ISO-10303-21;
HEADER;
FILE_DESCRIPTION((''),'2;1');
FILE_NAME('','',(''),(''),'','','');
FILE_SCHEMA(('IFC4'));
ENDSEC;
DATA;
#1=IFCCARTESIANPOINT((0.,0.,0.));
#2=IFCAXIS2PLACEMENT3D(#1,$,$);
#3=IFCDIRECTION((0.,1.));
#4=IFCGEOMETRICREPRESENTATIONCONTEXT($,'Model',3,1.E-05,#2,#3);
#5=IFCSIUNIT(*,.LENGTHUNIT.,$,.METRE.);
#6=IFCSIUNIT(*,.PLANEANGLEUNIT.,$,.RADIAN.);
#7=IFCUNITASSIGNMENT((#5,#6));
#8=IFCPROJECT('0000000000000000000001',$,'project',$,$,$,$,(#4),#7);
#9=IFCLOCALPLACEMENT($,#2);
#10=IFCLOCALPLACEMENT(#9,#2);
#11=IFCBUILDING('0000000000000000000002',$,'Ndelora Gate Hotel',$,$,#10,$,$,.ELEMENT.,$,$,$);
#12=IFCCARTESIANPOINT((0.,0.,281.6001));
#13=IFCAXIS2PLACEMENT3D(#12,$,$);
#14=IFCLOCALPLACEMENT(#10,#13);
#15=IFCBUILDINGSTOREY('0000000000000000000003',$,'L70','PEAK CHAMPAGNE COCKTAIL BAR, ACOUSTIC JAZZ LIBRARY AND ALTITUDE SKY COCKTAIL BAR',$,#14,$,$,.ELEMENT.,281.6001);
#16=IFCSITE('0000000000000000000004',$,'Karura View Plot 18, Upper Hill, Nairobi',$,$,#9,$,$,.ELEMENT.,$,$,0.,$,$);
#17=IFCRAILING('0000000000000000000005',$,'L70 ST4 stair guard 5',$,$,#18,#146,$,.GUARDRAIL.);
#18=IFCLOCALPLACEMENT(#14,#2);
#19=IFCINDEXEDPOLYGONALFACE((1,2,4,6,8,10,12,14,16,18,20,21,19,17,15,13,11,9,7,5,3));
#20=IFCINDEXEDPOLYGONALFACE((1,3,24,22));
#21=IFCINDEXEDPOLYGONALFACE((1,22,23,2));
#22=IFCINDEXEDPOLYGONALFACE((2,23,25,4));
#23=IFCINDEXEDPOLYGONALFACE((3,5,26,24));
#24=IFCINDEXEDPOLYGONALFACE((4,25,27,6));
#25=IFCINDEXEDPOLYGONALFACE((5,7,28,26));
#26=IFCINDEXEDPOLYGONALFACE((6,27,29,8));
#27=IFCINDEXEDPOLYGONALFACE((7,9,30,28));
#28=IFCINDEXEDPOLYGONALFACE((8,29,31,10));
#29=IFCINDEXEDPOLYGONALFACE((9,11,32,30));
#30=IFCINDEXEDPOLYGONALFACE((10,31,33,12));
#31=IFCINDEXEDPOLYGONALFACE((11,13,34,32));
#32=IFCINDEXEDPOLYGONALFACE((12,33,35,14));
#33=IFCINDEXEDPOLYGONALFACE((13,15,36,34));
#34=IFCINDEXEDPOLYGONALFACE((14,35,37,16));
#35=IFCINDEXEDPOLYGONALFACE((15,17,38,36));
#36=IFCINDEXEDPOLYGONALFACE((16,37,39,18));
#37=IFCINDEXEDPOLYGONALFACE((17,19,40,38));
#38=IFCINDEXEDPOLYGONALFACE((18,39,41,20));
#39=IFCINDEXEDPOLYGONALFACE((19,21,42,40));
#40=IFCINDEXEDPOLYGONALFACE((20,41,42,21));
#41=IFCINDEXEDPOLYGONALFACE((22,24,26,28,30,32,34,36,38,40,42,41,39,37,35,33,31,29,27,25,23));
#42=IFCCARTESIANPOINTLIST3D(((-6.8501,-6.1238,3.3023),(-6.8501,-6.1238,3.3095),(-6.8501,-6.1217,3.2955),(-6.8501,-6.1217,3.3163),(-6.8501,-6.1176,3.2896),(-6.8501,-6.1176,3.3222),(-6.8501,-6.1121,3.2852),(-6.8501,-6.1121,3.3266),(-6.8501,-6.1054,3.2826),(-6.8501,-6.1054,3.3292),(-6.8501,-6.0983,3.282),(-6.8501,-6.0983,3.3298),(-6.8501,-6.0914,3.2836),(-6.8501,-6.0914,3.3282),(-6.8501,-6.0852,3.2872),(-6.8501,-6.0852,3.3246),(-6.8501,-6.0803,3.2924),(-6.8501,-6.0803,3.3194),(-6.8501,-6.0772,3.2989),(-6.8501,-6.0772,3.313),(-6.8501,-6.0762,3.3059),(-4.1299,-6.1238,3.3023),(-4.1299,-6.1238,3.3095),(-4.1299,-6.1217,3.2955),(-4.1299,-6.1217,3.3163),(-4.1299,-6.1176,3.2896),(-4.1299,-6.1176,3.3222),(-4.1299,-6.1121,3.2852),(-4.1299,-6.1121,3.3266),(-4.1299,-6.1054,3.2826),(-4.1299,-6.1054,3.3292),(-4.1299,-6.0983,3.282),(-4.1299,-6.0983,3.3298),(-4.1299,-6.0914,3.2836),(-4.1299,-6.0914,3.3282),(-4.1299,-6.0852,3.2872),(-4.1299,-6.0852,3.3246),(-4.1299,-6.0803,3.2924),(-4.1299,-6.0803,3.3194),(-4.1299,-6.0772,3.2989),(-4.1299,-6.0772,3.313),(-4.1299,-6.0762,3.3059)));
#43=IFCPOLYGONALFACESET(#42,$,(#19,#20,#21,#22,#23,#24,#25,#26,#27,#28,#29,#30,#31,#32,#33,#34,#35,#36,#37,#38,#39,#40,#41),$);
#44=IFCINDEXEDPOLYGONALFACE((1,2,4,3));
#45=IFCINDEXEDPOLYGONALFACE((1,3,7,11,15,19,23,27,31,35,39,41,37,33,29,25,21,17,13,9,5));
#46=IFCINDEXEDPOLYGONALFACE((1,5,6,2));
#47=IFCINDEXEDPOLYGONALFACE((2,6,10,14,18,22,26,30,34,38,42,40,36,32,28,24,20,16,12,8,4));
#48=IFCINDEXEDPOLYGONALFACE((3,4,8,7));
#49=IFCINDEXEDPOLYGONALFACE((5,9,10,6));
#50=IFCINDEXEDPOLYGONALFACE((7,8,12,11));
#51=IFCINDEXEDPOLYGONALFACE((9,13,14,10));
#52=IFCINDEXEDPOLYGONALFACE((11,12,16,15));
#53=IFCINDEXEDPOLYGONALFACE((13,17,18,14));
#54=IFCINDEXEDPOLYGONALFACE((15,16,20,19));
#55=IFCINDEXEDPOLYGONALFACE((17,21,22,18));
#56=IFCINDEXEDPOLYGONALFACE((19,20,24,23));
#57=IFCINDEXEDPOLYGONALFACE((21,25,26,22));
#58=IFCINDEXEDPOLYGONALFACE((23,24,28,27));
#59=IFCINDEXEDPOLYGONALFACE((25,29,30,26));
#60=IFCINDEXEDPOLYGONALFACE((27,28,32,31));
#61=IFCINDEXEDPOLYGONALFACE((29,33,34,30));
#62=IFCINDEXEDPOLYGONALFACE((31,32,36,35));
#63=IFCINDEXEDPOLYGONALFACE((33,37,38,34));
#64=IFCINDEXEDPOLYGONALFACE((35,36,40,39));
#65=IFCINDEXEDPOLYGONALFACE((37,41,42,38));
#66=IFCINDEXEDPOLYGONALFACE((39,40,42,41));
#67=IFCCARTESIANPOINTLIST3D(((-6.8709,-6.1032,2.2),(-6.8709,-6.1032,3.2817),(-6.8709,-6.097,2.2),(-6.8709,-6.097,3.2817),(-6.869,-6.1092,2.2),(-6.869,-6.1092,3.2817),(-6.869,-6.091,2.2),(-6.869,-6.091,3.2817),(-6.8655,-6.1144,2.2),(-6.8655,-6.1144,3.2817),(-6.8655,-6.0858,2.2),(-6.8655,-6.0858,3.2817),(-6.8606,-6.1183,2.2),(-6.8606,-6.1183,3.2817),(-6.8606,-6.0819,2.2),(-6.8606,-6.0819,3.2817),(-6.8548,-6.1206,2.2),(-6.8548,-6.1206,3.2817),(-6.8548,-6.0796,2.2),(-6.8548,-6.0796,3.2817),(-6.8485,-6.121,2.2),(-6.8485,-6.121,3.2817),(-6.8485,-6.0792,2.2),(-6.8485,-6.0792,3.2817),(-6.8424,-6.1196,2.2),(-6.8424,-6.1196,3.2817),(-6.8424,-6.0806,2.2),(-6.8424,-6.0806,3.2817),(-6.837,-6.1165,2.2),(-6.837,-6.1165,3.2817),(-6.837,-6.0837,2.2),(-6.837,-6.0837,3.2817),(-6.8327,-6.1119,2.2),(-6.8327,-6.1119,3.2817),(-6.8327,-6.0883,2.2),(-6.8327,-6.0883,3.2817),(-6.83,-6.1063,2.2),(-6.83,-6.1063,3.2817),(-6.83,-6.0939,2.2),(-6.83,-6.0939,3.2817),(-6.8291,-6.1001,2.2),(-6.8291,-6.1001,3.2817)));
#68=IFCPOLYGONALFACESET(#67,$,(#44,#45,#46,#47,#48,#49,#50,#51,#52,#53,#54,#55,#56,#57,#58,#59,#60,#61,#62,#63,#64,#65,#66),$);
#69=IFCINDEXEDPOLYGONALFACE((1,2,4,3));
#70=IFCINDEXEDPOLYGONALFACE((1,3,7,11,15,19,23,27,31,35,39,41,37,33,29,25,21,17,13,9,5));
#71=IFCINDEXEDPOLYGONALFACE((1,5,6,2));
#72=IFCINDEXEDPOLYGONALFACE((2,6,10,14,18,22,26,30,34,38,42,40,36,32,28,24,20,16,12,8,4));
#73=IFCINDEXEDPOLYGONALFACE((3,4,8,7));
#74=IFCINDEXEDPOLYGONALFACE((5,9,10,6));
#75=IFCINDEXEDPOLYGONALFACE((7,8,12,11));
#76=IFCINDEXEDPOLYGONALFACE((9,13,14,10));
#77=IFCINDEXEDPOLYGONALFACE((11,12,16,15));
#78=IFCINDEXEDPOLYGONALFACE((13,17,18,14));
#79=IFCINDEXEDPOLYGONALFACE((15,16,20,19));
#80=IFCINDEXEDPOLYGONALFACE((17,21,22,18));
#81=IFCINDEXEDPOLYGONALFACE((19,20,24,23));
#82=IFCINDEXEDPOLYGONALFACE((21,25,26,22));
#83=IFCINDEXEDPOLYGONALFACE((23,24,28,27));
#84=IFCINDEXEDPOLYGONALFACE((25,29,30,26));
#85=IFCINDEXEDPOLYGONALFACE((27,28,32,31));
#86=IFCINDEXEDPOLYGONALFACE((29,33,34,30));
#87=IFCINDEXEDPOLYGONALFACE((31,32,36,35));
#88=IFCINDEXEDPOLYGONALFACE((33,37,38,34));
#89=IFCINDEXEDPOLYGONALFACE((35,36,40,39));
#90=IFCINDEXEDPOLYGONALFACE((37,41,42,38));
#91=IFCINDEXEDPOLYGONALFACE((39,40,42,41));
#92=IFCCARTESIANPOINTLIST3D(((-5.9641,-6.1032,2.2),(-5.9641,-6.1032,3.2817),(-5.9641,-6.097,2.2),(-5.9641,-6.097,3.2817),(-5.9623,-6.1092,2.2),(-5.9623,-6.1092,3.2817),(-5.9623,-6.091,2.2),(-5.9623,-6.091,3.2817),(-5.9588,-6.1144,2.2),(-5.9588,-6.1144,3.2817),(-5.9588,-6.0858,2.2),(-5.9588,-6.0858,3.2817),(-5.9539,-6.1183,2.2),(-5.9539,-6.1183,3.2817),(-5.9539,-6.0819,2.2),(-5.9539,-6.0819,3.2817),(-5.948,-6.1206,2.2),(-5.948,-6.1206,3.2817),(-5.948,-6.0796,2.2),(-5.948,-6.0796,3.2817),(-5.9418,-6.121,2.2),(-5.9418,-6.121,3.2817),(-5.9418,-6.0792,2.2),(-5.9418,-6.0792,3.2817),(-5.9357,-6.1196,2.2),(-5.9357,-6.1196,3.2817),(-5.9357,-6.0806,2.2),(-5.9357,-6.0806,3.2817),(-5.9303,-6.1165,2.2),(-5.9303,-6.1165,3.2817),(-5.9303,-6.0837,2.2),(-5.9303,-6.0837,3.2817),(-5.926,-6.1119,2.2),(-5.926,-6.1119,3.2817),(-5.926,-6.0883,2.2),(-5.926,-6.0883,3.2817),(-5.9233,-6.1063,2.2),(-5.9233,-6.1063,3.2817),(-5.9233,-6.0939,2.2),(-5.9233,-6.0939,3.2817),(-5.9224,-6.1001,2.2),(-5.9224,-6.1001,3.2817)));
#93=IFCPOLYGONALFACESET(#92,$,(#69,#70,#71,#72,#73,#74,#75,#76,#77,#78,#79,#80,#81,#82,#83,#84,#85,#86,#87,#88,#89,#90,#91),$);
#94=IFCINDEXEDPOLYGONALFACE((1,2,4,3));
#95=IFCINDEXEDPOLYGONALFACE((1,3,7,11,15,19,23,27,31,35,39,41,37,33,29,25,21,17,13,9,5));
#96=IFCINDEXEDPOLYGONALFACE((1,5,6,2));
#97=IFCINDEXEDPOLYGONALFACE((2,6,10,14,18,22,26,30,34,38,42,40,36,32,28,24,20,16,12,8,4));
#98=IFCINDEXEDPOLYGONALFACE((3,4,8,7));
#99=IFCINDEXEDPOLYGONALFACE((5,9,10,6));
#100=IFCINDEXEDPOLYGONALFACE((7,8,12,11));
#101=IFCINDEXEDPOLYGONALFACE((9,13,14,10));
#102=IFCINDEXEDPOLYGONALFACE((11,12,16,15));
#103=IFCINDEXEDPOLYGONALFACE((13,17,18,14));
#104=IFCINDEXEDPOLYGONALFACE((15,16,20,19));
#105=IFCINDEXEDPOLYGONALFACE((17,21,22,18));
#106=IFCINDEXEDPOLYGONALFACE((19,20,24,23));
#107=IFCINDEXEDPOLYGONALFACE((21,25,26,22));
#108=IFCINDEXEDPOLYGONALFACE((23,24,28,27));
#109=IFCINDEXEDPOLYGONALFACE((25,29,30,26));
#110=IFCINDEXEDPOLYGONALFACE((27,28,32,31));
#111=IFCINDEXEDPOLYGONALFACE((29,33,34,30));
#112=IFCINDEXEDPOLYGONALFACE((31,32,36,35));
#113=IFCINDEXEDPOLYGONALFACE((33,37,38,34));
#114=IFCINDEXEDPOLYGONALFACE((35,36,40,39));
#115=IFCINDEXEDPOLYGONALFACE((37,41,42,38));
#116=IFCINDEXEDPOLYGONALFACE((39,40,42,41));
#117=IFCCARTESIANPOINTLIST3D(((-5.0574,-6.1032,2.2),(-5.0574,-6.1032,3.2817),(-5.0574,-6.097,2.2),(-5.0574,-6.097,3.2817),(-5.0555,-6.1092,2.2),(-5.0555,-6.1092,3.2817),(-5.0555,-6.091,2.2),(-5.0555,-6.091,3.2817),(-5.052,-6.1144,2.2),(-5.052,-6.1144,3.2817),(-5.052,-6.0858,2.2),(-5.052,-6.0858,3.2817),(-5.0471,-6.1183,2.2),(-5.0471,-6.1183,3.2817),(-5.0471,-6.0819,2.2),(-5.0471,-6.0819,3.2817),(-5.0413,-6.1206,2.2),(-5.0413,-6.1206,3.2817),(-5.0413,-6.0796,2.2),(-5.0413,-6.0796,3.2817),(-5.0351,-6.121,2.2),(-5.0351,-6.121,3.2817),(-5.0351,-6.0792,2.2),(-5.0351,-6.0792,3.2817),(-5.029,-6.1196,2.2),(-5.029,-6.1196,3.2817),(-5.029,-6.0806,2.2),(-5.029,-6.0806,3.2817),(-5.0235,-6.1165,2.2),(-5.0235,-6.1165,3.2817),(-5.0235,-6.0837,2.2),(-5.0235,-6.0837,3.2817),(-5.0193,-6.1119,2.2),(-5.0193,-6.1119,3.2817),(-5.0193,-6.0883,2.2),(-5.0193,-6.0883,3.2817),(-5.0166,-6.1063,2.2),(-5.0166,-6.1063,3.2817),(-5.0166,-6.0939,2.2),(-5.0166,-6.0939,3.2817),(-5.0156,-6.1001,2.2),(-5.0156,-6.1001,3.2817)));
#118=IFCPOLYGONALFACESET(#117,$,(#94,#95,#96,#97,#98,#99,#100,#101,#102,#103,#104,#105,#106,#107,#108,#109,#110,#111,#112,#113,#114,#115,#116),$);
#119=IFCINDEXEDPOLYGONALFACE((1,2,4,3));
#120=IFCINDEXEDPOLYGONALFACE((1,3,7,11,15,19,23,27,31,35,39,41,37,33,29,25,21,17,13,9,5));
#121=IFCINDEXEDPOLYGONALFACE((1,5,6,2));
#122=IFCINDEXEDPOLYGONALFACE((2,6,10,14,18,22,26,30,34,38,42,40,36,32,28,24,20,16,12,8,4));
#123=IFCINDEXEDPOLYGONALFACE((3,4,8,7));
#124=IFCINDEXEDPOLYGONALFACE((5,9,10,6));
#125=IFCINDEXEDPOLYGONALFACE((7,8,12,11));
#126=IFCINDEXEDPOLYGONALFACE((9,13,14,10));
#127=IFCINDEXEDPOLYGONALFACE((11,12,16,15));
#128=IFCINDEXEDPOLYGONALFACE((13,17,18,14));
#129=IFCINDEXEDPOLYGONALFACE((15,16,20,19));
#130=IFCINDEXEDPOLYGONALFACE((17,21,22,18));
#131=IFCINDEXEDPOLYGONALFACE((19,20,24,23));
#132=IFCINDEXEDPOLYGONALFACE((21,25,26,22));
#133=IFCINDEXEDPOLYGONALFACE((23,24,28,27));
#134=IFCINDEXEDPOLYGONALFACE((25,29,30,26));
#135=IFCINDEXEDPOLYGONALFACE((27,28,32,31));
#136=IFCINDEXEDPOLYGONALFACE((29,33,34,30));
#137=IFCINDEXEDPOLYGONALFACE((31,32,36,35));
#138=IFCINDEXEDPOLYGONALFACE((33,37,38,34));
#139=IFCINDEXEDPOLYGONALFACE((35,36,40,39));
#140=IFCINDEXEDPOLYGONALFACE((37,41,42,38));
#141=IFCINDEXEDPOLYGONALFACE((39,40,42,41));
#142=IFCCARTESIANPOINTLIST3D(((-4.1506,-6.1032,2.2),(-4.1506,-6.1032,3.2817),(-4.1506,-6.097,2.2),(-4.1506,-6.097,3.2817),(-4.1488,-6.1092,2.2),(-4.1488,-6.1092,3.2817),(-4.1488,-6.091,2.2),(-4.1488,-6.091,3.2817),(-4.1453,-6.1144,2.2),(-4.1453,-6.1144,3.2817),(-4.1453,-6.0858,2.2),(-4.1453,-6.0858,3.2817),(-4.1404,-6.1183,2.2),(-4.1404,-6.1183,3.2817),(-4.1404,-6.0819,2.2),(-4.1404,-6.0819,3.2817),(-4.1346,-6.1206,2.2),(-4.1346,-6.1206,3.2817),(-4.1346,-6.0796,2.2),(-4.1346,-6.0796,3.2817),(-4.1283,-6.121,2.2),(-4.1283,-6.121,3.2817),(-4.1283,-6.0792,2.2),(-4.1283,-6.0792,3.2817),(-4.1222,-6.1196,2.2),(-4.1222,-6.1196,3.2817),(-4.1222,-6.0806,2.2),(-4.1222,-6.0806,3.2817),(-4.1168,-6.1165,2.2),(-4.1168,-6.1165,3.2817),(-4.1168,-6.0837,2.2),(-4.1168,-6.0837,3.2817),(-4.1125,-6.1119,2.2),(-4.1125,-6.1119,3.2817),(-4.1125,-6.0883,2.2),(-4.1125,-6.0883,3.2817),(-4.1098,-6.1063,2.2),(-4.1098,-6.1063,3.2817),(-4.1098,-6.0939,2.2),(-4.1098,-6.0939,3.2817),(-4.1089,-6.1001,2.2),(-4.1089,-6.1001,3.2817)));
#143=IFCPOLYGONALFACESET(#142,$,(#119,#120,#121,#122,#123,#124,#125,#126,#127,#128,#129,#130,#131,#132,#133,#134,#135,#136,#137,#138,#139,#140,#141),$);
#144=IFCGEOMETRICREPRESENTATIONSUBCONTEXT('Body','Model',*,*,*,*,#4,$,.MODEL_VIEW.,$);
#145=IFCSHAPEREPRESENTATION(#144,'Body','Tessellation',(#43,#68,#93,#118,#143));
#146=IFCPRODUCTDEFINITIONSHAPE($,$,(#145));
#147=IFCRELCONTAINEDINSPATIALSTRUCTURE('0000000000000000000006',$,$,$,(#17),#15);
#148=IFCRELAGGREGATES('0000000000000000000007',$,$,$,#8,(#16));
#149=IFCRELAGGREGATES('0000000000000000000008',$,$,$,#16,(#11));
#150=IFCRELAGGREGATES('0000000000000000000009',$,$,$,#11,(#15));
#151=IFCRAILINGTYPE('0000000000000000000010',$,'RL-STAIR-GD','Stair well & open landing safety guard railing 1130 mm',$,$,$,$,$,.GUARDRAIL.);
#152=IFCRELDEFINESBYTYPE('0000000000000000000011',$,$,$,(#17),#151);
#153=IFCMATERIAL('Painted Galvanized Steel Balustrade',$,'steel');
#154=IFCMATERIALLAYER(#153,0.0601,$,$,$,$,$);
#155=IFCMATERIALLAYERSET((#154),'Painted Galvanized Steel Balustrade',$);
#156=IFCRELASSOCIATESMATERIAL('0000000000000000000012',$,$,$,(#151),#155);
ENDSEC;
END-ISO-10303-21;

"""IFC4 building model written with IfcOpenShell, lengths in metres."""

from ifc_helpers import new_model, si_unit, direction, frame, origin, origin_2d, place, context, subcontext, project, spatial, circle, extrude, material, layer, layer_set, type_object, element, save


model = new_model("IFC4")

# Units and contexts
model_context = context("Model", 3, precision=1e-05, world=origin(), true_north=direction((0.0, 1.0)))
body_context = subcontext(model_context, "Body", "Model", "MODEL_VIEW")
ifc_project = project(units=[si_unit("LENGTHUNIT", "METRE"), si_unit("PLANEANGLEUNIT", "RADIAN")], contexts=[model_context])

# Site, building, storey
site_placement = place(None, origin())
site = spatial("IfcSite", under=ifc_project, at=site_placement, Name="Karura View Plot 18, Upper Hill, Nairobi", CompositionType="ELEMENT", RefElevation=0.0)
building_placement = place(site_placement, origin())
building = spatial("IfcBuilding", under=site, at=building_placement, Name="Ndelora Gate Hotel", CompositionType="ELEMENT")
storey_placement = place(building_placement, frame((0.0, 0.0, 281.6001)))
storey = spatial("IfcBuildingStorey", under=building, at=storey_placement, Name="L70", Description="PEAK CHAMPAGNE COCKTAIL BAR, ACOUSTIC JAZZ LIBRARY AND ALTITUDE SKY COCKTAIL BAR", CompositionType="ELEMENT", Elevation=281.6001)

# Railing
ifc_material_1 = material(Name="Painted Galvanized Steel Balustrade", Category="steel")
ifc_layer_1 = layer(ifc_material_1, 0.0601)
ifc_layer_set_1 = layer_set([ifc_layer_1], Name="Painted Galvanized Steel Balustrade")
railing_type_1 = type_object("IfcRailingType", Name="RL-STAIR-GD", Description="Stair well & open landing safety guard railing 1130 mm", PredefinedType="GUARDRAIL", material=ifc_layer_set_1)
railing_1_placement = place(storey_placement, frame((-6.8501, -6.1001, 2.2)))
element("IfcRailing", 1, at=railing_1_placement, inside=storey, type_object=railing_type_1, Name="L70 ST4 stair guard 5", PredefinedType="GUARDRAIL", context=body_context, shape_type="SweptSolid", body=[
    extrude(circle(Radius=0.0239, at=origin_2d()), frame((0.0, 0.0, 1.106), z_axis=(1.0, 0.0, 0.0), x_axis=(0.0, 1.0, 0.0)), (0.0, 0.0, 1.0), 2.7202),
    extrude(circle(Radius=0.021, at=origin_2d()), origin(), (0.0, 0.0, 1.0), 1.0818),
    extrude(circle(Radius=0.021, at=origin_2d()), frame((0.9067, 0.0, 0.0)), (0.0, 0.0, 1.0), 1.0818),
    extrude(circle(Radius=0.021, at=origin_2d()), frame((1.8135, 0.0, 0.0)), (0.0, 0.0, 1.0), 1.0818),
    extrude(circle(Radius=0.021, at=origin_2d()), frame((2.7202, 0.0, 0.0)), (0.0, 0.0, 1.0), 1.0818),
])

save(model, "model.ifc")
